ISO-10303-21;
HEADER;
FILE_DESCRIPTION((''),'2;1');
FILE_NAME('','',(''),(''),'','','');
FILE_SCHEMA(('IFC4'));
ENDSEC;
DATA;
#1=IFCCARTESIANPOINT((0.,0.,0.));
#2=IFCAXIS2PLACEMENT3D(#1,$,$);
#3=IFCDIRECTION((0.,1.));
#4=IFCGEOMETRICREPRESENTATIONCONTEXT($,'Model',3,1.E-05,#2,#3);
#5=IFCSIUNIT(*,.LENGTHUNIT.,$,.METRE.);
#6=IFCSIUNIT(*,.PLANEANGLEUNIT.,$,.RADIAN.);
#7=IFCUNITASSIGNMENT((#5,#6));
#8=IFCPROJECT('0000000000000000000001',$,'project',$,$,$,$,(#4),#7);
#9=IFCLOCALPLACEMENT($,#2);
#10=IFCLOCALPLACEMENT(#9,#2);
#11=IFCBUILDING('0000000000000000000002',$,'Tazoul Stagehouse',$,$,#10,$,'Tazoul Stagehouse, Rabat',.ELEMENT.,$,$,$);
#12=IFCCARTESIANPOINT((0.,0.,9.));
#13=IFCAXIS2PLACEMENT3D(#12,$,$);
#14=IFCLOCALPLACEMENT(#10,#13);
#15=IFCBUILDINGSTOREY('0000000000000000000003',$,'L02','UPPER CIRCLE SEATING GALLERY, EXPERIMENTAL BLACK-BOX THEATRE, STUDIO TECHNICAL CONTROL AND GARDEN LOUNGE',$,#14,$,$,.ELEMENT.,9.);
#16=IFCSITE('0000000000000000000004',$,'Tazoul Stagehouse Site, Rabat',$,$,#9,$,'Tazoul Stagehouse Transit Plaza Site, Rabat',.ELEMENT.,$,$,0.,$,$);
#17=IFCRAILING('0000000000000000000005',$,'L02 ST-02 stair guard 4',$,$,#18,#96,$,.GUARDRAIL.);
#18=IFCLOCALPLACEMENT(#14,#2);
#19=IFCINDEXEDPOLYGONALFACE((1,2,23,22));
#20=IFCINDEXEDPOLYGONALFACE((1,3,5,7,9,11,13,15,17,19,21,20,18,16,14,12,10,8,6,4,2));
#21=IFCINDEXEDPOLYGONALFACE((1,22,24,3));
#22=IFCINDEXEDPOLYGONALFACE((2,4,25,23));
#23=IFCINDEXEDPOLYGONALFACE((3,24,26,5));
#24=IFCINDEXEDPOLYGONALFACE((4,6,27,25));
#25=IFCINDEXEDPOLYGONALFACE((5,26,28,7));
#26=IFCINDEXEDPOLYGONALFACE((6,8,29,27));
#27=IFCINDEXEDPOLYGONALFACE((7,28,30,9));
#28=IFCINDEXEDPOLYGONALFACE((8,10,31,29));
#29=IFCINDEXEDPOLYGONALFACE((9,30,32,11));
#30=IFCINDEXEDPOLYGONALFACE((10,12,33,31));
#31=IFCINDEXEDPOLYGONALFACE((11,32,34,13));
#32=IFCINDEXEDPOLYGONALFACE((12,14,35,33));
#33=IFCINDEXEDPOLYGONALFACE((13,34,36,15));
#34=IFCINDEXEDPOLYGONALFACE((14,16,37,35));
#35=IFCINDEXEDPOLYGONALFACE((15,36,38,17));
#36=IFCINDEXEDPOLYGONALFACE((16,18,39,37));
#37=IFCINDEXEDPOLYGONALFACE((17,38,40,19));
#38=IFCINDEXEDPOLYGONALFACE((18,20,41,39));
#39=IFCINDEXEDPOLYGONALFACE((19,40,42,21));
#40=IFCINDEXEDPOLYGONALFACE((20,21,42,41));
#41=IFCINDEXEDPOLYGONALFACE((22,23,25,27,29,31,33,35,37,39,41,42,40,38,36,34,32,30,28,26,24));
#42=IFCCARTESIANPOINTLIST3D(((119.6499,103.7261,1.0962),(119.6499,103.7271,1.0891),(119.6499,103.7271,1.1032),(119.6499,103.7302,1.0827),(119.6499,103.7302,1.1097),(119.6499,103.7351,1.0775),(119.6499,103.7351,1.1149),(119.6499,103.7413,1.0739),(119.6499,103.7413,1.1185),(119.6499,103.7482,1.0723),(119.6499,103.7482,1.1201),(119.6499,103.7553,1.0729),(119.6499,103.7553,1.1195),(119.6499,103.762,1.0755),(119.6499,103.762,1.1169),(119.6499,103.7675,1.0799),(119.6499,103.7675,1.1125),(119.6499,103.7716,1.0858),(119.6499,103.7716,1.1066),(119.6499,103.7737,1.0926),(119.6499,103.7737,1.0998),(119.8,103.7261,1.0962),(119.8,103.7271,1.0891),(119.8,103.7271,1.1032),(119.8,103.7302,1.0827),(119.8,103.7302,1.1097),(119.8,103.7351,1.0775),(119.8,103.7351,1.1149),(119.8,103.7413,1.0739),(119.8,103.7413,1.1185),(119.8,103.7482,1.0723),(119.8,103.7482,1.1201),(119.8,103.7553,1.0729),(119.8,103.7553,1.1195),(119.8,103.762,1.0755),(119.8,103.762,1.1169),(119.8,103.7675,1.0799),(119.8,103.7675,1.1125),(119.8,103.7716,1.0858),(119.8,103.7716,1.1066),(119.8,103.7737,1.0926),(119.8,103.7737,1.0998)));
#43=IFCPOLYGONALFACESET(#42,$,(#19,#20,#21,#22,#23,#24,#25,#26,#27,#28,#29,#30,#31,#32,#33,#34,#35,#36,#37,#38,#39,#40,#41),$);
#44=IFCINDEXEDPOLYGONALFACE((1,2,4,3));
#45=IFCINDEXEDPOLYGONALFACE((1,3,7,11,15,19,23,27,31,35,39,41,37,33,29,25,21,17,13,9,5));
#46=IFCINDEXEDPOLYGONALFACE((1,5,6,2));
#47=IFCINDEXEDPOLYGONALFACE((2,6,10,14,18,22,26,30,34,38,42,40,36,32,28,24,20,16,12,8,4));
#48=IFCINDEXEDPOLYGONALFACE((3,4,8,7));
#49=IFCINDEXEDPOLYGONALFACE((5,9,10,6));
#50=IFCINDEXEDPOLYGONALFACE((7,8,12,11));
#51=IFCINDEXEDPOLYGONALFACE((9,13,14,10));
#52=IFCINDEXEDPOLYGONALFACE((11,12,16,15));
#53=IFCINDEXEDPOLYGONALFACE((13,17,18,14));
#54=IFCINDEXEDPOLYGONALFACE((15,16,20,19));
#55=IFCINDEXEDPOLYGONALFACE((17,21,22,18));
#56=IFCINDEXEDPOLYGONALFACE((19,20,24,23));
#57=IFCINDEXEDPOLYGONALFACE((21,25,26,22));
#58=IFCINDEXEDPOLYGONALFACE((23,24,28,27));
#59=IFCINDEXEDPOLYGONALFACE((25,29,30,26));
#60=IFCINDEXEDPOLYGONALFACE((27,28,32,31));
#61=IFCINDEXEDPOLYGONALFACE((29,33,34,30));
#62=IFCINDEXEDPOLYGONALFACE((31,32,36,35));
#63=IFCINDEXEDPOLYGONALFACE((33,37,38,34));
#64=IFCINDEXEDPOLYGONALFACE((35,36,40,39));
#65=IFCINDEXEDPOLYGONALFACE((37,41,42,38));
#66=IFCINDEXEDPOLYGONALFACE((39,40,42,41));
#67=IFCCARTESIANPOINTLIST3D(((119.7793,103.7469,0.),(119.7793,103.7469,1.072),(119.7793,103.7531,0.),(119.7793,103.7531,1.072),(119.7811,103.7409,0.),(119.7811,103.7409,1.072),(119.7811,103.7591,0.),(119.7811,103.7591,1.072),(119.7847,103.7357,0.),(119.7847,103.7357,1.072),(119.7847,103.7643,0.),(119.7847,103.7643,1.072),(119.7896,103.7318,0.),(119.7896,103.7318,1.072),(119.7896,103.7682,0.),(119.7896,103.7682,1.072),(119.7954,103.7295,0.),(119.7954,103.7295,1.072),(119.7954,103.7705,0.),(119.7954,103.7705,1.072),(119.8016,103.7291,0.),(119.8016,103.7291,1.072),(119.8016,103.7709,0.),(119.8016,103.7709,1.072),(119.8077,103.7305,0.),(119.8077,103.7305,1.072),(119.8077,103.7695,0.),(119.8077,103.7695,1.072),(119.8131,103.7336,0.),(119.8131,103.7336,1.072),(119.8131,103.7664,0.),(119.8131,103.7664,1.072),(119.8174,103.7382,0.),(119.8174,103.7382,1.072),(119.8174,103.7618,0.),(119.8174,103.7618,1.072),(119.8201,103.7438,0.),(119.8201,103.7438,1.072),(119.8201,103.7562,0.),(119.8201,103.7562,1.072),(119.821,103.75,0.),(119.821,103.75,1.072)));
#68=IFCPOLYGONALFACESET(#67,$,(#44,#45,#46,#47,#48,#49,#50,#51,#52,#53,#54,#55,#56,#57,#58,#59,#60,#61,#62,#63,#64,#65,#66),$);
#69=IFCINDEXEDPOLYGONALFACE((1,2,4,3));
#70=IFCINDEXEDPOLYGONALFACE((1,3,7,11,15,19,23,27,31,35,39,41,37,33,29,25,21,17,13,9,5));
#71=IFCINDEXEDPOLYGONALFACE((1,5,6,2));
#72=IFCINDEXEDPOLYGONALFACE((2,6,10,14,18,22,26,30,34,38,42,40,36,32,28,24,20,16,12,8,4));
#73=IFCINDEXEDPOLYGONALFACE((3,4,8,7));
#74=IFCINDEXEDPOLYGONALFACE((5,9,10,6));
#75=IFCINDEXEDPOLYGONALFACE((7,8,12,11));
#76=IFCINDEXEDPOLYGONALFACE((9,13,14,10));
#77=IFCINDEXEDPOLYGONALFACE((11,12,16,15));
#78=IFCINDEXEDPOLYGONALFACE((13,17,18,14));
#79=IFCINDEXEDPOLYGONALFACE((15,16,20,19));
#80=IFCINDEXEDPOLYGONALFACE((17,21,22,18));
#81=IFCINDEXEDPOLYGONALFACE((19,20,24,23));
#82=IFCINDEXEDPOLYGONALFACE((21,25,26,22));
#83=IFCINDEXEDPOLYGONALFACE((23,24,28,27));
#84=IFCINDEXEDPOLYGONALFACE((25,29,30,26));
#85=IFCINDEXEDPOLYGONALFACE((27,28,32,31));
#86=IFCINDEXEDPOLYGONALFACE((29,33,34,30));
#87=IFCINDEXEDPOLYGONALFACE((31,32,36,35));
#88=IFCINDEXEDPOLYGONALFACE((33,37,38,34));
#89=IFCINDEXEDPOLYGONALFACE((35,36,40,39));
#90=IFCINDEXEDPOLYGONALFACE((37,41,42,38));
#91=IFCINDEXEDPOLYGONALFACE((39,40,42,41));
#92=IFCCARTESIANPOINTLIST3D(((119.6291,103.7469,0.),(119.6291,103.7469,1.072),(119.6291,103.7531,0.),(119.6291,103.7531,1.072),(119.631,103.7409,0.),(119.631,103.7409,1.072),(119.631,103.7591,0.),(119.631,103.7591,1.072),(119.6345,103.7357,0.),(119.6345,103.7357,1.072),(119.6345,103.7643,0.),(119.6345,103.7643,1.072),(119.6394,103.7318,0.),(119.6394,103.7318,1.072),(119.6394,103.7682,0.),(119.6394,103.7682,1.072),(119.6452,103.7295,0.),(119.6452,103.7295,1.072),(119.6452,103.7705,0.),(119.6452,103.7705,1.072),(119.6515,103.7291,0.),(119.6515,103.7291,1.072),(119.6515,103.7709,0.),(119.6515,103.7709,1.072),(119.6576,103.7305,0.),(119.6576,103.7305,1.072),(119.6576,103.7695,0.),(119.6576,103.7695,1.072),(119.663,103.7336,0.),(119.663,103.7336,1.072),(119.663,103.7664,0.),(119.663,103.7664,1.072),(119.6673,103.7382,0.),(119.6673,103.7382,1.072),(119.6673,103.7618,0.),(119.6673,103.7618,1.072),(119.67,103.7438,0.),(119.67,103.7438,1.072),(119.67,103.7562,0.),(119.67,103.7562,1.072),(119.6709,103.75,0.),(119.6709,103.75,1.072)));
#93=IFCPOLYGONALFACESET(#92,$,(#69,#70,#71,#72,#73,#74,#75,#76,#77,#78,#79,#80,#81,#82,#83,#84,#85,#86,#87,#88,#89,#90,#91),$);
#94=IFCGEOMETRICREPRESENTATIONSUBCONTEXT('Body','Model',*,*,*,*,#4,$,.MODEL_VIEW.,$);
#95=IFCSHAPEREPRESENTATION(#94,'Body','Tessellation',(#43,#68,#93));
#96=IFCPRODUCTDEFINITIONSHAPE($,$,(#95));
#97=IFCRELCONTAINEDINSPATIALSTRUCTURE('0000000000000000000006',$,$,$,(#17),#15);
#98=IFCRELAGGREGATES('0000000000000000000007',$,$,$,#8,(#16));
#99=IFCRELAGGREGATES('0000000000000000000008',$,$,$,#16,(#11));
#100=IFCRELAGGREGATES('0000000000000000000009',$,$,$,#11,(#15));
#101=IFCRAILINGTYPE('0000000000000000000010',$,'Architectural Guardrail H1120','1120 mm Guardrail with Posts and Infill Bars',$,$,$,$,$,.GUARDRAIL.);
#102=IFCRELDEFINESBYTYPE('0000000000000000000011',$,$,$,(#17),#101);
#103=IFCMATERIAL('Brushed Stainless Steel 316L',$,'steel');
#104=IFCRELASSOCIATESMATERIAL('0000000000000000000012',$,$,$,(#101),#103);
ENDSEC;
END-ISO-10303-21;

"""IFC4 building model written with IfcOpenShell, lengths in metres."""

from ifc_helpers import new_model, si_unit, direction, frame, origin, origin_2d, place, context, subcontext, project, spatial, circle, extrude, material, material_profile, profile_set, type_object, element, save


model = new_model("IFC4")

# Units and contexts
model_context = context("Model", 3, precision=1e-05, world=origin(), true_north=direction((0.0, 1.0)))
body_context = subcontext(model_context, "Body", "Model", "MODEL_VIEW")
ifc_project = project(units=[si_unit("LENGTHUNIT", "METRE"), si_unit("PLANEANGLEUNIT", "RADIAN")], contexts=[model_context])

# Site, building, storey
site_placement = place(None, origin())
site = spatial("IfcSite", under=ifc_project, at=site_placement, Name="Tazoul Stagehouse Site, Rabat", LongName="Tazoul Stagehouse Transit Plaza Site, Rabat", CompositionType="ELEMENT", RefElevation=0.0)
building_placement = place(site_placement, origin())
building = spatial("IfcBuilding", under=site, at=building_placement, Name="Tazoul Stagehouse", LongName="Tazoul Stagehouse, Rabat", CompositionType="ELEMENT")
storey_placement = place(building_placement, frame((0.0, 0.0, 9.0)))
storey = spatial("IfcBuildingStorey", under=building, at=storey_placement, Name="L02", Description="UPPER CIRCLE SEATING GALLERY, EXPERIMENTAL BLACK-BOX THEATRE, STUDIO TECHNICAL CONTROL AND GARDEN LOUNGE", CompositionType="ELEMENT", Elevation=9.0)

# Railing
ifc_material_1 = material(Name="Brushed Stainless Steel 316L", Category="steel")
ifc_material_profile_1 = material_profile(ifc_material_1, circle(Radius=0.0239, at=origin_2d()), Name="SS RAIL D48")
ifc_profile_set_1 = profile_set([ifc_material_profile_1], Name="Brushed Stainless Steel 316L")
railing_type_1 = type_object("IfcRailingType", Name="Architectural Guardrail H1120", Description="1120 mm Guardrail with Posts and Infill Bars", PredefinedType="GUARDRAIL", material=ifc_profile_set_1)
railing_1_placement = place(storey_placement, frame((119.8, 103.75, 0.0)))
element("IfcRailing", 1, at=railing_1_placement, inside=storey, type_object=railing_type_1, Name="L02 ST-02 stair guard 4", PredefinedType="GUARDRAIL", context=body_context, shape_type="SweptSolid", body=[
    extrude(circle(Radius=0.0239, at=origin_2d()), frame((0.0, 0.0, 1.0962), z_axis=(-1.0, 0.0, 0.0), x_axis=(0.0, -1.0, 0.0)), (0.0, 0.0, 1.0), 0.1501),
    extrude(circle(Radius=0.021, at=origin_2d()), origin(), (0.0, 0.0, 1.0), 1.072),
    extrude(circle(Radius=0.021, at=origin_2d()), frame((-0.1501, 0.0, 0.0)), (0.0, 0.0, 1.0), 1.072),
])

save(model, "model.ifc")
